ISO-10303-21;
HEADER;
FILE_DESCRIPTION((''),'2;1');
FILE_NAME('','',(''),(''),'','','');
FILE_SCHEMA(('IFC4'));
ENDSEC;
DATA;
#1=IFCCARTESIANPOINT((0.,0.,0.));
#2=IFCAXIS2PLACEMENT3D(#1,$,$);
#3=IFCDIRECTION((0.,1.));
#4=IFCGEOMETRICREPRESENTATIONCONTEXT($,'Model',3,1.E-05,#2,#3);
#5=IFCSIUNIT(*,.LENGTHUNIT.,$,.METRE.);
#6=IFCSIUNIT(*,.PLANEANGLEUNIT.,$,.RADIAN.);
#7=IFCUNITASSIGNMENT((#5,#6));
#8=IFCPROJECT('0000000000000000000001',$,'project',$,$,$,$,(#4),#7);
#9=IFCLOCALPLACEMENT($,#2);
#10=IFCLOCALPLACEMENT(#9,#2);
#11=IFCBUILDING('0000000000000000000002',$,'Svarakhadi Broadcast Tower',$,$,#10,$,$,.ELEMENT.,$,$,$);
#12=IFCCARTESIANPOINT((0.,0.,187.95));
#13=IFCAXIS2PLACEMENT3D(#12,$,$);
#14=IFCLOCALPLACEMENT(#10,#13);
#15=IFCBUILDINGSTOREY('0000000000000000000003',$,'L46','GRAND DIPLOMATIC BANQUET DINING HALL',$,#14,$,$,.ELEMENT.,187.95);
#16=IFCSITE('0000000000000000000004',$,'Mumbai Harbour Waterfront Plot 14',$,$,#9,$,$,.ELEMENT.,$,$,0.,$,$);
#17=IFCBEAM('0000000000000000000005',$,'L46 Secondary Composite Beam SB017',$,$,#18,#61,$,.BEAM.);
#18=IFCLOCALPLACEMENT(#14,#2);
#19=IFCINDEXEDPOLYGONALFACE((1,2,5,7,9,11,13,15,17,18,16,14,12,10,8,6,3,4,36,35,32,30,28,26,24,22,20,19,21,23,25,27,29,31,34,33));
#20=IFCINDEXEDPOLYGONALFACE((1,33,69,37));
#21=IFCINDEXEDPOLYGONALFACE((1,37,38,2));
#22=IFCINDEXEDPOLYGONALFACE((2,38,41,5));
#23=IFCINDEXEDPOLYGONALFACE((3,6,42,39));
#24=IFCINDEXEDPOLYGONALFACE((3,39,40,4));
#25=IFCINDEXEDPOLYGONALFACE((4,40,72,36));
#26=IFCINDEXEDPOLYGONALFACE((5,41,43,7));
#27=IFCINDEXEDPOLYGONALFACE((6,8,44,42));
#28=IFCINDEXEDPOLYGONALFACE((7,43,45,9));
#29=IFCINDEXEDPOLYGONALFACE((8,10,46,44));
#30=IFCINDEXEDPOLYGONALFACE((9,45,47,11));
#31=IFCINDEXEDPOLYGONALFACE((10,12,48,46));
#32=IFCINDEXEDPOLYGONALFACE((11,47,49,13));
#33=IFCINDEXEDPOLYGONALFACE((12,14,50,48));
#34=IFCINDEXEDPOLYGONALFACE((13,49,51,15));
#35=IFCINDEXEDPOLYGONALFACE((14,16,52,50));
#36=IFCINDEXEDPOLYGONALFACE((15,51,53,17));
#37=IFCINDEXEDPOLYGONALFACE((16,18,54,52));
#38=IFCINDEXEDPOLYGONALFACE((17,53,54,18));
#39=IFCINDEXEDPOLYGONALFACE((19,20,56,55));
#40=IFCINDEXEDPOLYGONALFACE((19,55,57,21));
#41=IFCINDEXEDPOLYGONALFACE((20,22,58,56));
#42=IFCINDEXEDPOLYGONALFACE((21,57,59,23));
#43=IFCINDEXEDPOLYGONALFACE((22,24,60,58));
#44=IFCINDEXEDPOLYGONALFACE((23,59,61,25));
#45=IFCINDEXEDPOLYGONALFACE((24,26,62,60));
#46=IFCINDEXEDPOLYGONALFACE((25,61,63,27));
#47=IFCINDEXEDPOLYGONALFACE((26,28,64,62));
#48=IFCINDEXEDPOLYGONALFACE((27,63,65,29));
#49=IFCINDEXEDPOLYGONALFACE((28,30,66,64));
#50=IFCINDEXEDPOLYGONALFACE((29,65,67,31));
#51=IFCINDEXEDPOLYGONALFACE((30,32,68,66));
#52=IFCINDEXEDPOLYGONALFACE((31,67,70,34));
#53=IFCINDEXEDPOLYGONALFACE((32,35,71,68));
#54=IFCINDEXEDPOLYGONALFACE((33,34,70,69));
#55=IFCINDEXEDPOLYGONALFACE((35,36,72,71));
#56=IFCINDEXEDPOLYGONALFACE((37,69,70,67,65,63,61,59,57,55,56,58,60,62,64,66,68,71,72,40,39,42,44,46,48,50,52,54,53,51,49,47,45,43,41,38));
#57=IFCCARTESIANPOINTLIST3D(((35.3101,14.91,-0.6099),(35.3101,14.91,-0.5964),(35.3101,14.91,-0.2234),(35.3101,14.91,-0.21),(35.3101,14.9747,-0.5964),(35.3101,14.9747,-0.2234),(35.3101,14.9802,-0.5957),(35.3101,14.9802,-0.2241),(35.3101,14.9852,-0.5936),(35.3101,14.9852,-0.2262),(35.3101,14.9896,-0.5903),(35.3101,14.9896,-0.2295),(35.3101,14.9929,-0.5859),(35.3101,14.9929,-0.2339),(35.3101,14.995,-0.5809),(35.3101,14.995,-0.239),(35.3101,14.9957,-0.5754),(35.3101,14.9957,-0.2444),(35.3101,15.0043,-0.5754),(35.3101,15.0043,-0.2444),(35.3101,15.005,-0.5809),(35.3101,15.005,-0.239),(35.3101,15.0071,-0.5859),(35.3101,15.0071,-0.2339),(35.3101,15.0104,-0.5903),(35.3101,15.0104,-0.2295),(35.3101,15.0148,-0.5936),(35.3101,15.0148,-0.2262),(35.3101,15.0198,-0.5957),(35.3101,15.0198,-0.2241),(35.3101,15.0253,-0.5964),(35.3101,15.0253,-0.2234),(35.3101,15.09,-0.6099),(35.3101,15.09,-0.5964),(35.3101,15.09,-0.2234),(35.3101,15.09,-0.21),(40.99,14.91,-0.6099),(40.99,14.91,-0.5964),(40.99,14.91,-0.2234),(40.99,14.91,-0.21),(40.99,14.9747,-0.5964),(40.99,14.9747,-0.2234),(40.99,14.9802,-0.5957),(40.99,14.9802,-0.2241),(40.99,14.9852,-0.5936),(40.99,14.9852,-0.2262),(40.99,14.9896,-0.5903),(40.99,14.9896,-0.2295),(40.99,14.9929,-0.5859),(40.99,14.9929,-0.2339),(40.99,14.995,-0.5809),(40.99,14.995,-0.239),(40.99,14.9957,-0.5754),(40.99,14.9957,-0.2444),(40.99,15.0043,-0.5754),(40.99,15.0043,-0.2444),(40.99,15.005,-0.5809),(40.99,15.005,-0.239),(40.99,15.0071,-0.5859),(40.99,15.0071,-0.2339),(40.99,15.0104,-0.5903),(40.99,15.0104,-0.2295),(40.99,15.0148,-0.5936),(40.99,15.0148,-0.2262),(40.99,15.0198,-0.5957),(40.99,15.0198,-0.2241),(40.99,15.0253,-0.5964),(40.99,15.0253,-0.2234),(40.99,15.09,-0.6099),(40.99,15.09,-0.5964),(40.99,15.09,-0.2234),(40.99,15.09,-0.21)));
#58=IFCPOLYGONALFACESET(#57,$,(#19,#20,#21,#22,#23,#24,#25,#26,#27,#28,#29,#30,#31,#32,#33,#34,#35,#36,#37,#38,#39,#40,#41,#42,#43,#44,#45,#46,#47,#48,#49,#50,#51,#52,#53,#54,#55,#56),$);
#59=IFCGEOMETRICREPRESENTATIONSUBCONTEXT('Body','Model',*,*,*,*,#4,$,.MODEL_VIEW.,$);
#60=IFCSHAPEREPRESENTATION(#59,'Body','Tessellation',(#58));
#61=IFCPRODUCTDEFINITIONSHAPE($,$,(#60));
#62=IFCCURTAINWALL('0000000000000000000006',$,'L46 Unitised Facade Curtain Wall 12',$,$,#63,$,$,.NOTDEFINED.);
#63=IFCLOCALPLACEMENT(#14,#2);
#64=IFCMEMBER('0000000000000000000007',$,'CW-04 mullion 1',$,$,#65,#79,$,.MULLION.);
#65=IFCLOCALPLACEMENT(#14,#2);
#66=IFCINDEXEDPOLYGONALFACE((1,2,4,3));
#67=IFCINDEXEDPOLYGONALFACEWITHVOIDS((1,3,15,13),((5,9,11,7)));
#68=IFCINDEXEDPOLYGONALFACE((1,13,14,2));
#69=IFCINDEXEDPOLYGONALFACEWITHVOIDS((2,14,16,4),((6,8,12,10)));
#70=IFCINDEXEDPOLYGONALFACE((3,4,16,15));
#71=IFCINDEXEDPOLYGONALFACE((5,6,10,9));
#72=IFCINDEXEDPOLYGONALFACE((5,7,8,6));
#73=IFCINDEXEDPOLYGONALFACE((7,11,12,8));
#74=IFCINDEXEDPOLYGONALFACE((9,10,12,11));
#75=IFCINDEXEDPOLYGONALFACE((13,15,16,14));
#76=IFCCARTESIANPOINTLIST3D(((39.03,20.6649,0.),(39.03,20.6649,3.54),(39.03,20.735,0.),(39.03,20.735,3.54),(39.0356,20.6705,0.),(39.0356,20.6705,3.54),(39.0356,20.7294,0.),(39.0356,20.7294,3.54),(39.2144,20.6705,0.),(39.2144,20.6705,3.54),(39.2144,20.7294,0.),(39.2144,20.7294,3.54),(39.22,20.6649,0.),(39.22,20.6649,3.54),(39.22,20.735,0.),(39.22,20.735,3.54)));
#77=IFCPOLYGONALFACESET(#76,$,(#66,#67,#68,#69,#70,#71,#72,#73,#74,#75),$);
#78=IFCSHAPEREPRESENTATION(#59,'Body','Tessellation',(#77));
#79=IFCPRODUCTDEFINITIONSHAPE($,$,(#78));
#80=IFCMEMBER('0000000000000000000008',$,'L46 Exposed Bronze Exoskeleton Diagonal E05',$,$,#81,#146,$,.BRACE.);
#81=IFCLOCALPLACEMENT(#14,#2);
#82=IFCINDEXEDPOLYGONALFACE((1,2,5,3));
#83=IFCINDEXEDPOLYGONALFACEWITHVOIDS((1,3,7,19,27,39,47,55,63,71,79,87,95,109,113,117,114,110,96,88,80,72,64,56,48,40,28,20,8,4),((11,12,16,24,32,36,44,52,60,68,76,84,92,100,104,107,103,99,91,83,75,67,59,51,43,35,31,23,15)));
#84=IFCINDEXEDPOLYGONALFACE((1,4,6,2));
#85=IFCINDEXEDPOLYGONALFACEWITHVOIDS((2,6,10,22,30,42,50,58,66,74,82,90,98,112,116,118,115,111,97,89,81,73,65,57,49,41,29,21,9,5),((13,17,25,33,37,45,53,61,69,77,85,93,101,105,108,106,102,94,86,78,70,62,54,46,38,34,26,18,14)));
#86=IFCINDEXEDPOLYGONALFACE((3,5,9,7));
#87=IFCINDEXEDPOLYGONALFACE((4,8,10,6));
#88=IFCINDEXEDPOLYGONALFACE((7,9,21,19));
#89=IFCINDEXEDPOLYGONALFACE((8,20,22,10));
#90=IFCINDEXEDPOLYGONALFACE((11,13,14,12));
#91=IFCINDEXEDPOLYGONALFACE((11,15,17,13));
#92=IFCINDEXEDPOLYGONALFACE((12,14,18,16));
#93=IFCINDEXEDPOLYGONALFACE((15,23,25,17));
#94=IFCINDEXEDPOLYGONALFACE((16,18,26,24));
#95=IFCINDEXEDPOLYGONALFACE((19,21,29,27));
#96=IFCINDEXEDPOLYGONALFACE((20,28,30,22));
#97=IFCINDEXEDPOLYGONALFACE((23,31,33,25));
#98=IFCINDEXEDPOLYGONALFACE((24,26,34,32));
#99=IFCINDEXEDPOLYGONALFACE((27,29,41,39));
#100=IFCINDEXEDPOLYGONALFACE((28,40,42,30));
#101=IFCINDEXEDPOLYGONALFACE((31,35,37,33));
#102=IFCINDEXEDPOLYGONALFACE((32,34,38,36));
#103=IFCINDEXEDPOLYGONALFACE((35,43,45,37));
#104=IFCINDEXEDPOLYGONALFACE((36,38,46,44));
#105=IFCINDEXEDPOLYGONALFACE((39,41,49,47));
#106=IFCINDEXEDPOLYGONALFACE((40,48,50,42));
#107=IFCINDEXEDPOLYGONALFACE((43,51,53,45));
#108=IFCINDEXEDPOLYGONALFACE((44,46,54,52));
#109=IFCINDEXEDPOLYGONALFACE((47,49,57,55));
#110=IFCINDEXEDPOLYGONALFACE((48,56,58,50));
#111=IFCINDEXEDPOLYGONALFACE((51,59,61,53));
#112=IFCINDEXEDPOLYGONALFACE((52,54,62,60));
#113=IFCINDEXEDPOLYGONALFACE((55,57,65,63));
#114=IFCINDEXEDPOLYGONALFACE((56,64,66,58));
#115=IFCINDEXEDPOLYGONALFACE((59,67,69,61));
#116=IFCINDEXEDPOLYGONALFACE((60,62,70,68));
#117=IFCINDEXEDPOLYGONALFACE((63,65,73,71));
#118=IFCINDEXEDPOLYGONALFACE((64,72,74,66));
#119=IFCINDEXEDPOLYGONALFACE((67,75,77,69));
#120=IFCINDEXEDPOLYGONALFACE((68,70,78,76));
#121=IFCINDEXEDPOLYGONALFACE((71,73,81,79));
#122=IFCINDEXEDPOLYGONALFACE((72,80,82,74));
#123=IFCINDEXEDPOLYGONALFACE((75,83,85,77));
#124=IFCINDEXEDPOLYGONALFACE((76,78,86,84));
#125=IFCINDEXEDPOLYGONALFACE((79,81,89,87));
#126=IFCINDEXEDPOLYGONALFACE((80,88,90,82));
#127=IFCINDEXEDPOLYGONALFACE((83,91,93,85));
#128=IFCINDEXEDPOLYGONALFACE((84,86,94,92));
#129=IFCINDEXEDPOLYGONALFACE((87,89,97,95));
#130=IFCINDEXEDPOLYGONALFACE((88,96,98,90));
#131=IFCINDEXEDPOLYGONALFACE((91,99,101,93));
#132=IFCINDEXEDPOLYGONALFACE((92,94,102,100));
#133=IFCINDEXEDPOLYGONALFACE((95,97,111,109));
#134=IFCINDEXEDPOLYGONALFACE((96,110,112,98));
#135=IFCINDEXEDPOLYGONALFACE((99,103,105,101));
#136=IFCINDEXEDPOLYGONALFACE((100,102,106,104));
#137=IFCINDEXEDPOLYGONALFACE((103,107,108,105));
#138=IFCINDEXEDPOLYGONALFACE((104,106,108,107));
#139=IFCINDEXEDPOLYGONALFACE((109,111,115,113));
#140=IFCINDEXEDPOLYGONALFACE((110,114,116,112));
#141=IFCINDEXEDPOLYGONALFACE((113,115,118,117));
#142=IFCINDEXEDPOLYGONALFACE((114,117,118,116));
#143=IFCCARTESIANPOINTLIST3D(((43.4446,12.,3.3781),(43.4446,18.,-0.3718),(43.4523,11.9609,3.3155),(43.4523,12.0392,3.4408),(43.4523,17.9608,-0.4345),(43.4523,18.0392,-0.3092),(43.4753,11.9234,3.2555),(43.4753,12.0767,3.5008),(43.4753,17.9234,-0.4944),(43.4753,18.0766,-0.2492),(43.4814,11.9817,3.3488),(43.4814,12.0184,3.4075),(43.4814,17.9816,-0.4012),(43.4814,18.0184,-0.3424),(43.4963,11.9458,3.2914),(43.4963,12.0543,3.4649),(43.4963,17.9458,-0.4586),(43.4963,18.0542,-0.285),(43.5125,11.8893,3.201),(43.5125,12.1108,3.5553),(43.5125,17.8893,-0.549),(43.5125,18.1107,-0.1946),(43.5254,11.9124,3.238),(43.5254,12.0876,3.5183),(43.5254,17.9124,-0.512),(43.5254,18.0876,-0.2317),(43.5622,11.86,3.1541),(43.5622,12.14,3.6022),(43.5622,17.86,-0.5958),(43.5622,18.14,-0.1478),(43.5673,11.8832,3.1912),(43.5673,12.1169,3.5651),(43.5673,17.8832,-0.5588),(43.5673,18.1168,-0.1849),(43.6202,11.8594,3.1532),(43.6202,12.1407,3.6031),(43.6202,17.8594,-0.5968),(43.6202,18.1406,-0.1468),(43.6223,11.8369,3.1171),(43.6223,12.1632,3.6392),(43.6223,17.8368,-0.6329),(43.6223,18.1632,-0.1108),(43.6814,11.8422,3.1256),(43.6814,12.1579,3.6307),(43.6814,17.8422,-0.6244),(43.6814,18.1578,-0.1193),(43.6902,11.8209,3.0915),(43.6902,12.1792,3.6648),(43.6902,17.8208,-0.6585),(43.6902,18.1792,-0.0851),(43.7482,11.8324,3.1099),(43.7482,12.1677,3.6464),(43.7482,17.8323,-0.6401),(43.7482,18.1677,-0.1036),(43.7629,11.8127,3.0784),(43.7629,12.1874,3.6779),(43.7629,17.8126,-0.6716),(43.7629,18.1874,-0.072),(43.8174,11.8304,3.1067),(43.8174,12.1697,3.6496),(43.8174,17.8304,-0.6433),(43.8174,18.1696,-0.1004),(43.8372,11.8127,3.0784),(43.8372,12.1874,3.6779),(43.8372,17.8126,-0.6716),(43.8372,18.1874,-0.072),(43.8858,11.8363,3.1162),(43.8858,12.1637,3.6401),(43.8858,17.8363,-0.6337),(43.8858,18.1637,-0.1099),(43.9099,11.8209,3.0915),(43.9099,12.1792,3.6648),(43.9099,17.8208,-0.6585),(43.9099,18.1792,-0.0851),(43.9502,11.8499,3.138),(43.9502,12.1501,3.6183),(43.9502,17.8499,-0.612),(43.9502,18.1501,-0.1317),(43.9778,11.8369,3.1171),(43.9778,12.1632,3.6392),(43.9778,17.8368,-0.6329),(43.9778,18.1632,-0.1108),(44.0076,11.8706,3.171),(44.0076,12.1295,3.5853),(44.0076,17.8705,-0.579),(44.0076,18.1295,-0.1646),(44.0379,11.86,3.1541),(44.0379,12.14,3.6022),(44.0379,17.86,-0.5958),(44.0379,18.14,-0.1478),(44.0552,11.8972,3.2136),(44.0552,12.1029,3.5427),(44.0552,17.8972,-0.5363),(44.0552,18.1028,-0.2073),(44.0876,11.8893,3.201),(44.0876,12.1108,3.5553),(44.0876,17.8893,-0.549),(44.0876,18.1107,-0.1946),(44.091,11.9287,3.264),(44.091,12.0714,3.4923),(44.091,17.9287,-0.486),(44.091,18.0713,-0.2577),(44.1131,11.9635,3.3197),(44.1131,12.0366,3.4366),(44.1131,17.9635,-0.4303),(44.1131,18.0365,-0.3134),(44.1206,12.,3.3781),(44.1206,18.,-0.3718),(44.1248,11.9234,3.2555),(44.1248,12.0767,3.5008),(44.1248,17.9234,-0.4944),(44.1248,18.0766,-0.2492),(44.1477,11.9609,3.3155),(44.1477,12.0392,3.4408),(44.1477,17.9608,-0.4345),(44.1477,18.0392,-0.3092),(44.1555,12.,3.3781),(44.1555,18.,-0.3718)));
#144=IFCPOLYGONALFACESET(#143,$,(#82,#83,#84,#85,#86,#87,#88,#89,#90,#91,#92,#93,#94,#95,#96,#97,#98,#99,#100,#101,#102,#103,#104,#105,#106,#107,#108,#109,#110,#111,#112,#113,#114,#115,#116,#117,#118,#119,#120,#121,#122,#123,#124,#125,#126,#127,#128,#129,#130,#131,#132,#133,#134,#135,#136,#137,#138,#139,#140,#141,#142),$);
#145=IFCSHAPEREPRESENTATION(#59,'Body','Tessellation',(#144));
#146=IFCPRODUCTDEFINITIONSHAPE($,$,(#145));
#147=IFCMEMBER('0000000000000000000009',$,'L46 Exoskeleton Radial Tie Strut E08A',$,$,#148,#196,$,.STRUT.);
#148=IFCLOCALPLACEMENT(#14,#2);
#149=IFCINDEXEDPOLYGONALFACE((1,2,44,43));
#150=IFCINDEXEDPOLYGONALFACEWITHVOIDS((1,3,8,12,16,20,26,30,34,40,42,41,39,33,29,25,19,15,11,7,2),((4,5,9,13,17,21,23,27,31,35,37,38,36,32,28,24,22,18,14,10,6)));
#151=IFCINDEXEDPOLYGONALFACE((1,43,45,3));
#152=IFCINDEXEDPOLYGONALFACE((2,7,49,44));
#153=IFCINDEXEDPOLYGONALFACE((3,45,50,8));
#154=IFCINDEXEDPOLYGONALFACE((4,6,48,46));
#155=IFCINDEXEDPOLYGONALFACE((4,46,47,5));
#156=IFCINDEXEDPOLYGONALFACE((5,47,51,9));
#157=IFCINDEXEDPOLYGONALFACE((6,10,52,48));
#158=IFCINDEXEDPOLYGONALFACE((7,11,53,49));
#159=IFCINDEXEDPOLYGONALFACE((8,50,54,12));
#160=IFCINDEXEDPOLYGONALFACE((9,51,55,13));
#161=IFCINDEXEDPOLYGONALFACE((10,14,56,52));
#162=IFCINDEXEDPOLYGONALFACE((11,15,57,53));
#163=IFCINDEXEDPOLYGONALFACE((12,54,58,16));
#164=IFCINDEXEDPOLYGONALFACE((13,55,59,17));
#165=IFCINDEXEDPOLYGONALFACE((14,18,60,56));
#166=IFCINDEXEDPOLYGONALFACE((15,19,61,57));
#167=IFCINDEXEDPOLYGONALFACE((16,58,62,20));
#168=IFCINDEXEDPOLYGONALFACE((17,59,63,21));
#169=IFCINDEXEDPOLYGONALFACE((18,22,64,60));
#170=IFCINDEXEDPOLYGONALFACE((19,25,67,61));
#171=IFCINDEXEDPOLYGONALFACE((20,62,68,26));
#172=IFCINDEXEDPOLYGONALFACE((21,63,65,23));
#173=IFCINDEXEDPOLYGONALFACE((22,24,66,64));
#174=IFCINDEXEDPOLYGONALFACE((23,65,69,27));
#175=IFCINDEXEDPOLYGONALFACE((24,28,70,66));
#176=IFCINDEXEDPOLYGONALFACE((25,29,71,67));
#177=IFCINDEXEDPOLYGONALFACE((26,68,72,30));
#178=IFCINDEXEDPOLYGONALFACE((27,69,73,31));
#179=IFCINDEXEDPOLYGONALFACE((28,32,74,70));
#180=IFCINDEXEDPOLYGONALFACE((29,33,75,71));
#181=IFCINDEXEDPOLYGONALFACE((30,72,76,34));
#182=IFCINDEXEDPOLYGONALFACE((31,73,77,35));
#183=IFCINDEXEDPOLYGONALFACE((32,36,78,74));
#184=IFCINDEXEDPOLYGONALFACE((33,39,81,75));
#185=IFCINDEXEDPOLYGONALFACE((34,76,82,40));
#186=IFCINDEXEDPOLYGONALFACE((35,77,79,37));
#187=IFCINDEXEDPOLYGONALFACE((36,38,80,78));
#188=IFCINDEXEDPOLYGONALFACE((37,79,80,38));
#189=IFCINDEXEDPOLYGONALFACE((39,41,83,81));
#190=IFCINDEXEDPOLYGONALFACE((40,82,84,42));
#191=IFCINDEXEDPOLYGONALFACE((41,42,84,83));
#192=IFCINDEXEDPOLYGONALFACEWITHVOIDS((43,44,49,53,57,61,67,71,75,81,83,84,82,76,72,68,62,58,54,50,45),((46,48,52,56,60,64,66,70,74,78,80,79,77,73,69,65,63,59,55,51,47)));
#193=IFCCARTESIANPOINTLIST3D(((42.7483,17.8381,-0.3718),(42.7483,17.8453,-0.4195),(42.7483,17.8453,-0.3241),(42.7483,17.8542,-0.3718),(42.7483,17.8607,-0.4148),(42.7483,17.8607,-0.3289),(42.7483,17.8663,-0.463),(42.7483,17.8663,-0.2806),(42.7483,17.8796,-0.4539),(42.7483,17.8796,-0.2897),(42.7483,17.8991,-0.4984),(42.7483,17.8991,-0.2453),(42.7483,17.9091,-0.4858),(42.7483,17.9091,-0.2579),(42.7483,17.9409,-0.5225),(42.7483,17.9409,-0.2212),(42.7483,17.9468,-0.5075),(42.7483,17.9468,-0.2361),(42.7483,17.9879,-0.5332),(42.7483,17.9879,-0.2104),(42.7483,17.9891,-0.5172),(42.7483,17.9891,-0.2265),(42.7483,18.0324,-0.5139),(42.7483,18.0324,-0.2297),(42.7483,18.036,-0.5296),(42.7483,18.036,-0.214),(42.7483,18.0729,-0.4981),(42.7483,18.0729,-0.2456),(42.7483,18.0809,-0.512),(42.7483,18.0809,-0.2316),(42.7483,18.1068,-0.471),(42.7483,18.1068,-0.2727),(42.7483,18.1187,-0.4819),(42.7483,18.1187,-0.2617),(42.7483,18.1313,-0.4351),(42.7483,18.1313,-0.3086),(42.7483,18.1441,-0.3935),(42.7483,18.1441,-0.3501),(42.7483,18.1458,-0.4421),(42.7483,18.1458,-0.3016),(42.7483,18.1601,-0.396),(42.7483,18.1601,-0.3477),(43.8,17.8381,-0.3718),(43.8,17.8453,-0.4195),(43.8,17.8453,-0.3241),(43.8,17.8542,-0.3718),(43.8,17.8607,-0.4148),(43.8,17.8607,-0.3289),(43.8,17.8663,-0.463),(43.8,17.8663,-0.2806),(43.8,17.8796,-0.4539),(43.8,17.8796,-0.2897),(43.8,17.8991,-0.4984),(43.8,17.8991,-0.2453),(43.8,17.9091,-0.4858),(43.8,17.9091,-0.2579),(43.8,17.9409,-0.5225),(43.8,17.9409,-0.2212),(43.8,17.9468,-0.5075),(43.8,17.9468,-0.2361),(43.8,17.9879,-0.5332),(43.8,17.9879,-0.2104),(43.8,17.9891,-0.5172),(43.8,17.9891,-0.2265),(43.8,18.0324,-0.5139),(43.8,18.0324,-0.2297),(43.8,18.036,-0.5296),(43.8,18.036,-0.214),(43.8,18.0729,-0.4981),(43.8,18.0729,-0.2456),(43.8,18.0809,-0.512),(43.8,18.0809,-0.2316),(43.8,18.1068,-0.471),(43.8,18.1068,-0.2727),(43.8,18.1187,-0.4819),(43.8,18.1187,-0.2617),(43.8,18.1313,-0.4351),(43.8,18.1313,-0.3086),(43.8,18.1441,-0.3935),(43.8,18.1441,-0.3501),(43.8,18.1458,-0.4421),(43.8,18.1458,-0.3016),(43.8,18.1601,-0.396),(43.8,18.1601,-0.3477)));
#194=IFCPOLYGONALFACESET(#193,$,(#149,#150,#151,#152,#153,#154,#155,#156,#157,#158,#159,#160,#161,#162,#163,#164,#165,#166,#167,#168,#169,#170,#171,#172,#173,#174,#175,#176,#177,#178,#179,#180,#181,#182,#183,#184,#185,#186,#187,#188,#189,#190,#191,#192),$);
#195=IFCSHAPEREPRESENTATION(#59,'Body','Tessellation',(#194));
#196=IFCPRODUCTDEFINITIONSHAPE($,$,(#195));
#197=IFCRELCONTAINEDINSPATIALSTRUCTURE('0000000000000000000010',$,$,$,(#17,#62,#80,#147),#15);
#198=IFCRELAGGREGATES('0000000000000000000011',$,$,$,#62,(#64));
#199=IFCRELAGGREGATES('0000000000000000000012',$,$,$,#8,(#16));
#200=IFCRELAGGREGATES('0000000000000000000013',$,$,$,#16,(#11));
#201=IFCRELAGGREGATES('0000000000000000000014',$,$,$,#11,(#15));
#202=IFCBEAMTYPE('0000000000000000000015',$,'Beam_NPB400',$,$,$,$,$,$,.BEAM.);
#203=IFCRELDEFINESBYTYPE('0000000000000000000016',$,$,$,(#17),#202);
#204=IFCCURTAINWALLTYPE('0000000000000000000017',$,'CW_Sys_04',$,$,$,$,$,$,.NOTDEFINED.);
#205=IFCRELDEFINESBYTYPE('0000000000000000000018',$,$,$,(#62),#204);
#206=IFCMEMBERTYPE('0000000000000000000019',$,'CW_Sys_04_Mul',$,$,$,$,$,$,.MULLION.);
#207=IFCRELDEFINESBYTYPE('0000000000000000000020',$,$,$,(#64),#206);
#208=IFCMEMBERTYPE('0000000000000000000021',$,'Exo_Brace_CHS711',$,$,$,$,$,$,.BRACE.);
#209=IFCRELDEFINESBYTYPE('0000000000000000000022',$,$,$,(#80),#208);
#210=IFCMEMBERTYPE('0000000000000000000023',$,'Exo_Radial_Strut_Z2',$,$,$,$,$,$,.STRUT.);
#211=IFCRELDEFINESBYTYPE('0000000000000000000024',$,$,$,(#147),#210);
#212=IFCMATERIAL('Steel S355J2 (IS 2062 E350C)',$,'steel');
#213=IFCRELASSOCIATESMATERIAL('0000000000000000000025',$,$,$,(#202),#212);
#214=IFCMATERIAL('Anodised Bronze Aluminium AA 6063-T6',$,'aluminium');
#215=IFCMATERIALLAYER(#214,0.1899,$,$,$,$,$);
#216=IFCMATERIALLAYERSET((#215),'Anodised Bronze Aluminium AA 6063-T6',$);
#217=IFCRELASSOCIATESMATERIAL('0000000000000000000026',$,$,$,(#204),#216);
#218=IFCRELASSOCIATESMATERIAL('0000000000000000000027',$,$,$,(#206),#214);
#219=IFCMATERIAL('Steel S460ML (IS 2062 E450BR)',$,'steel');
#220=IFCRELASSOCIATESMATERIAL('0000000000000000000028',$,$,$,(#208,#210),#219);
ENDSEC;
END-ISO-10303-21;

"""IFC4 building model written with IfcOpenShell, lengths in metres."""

from ifc_helpers import new_model, si_unit, direction, frame, origin, origin_2d, place, context, subcontext, project, spatial, hollow_rectangle, hollow_circle, i_section, extrude, material, layer, layer_set, material_profile, profile_set, type_object, element, aggregate, save


model = new_model("IFC4")

# Units and contexts
model_context = context("Model", 3, precision=1e-05, world=origin(), true_north=direction((0.0, 1.0)))
body_context = subcontext(model_context, "Body", "Model", "MODEL_VIEW")
ifc_project = project(units=[si_unit("LENGTHUNIT", "METRE"), si_unit("PLANEANGLEUNIT", "RADIAN")], contexts=[model_context])

# Site, building, storey
site_placement = place(None, origin())
site = spatial("IfcSite", under=ifc_project, at=site_placement, Name="Mumbai Harbour Waterfront Plot 14", CompositionType="ELEMENT", RefElevation=0.0)
building_placement = place(site_placement, origin())
building = spatial("IfcBuilding", under=site, at=building_placement, Name="Svarakhadi Broadcast Tower", CompositionType="ELEMENT")
storey_placement = place(building_placement, frame((0.0, 0.0, 187.95)))
storey = spatial("IfcBuildingStorey", under=building, at=storey_placement, Name="L46", Description="GRAND DIPLOMATIC BANQUET DINING HALL", CompositionType="ELEMENT", Elevation=187.95)

# Shared definitions
ifc_material_1 = material(Name="Steel S460ML (IS 2062 E450BR)", Category="steel")

# Beam
ifc_material_2 = material(Name="Steel S355J2 (IS 2062 E350C)", Category="steel")
ifc_material_profile_1 = material_profile(ifc_material_2, i_section(OverallWidth=0.1799, OverallDepth=0.3999, WebThickness=0.0085, FlangeThickness=0.0134, FilletRadius=0.021, at=origin_2d()), Name="NPB 400x180x66")
ifc_profile_set_1 = profile_set([ifc_material_profile_1], Name="Steel S355J2 (IS 2062 E350C)")
beam_type_1 = type_object("IfcBeamType", Name="Beam_NPB400", PredefinedType="BEAM", material=ifc_profile_set_1)
beam_1_placement = place(storey_placement, frame((35.3101, 15.0, -0.4099), z_axis=(1.0, 0.0, 0.0), x_axis=(0.0, 1.0, 0.0)))
element("IfcBeam", 1, at=beam_1_placement, inside=storey, type_object=beam_type_1, Name="L46 Secondary Composite Beam SB017", PredefinedType="BEAM", context=body_context, shape_type="SweptSolid", body=[
    extrude(i_section(OverallWidth=0.1799, OverallDepth=0.3999, WebThickness=0.0085, FlangeThickness=0.0134, FilletRadius=0.021, at=origin_2d()), origin(), (0.0, 0.0, 1.0), 5.6799),
])

# Curtain wall, member
ifc_material_3 = material(Name="Anodised Bronze Aluminium AA 6063-T6", Category="aluminium")
ifc_layer_1 = layer(ifc_material_3, 0.1899)
ifc_layer_set_1 = layer_set([ifc_layer_1], Name="Anodised Bronze Aluminium AA 6063-T6")
curtain_wall_type = type_object("IfcCurtainWallType", Name="CW_Sys_04", PredefinedType="NOTDEFINED", material=ifc_layer_set_1)
curtain_wall_placement = place(storey_placement, origin())
curtain_wall = element("IfcCurtainWall", 2, at=curtain_wall_placement, inside=storey, type_object=curtain_wall_type, Name="L46 Unitised Facade Curtain Wall 12", PredefinedType="NOTDEFINED")
ifc_material_profile_2 = material_profile(ifc_material_3, hollow_rectangle(XDim=0.0701, YDim=0.1899, WallThickness=0.0056, at=origin_2d()), Name="ALU MULLION 190x70x6")
ifc_profile_set_2 = profile_set([ifc_material_profile_2], Name="Anodised Bronze Aluminium AA 6063-T6")
member_type_1 = type_object("IfcMemberType", Name="CW_Sys_04_Mul", PredefinedType="MULLION", material=ifc_profile_set_2)
member_1_placement = place(storey_placement, frame((39.125, 20.7, 0.0), z_axis=(0.0, 0.0, 1.0), x_axis=(0.0, 1.0, 0.0)))
member_1 = element("IfcMember", 3, at=member_1_placement, type_object=member_type_1, Name="CW-04 mullion 1", PredefinedType="MULLION", context=body_context, shape_type="SweptSolid", body=[
    extrude(hollow_rectangle(XDim=0.0701, YDim=0.1899, WallThickness=0.0056, at=origin_2d()), origin(), (0.0, 0.0, 1.0), 3.54),
])
aggregate(curtain_wall, [member_1])

# Members
ifc_material_profile_3 = material_profile(ifc_material_1, hollow_circle(Radius=0.3555, WallThickness=0.0349, at=origin_2d()), Name="CHS 711x35")
ifc_profile_set_3 = profile_set([ifc_material_profile_3], Name="Steel S460ML (IS 2062 E450BR)")
member_type_2 = type_object("IfcMemberType", Name="Exo_Brace_CHS711", PredefinedType="BRACE", material=ifc_profile_set_3)
member_2_placement = place(storey_placement, frame((43.8, 18.0, -0.3718), z_axis=(0.0, -0.847998, 0.529999), x_axis=(1.0, 0.0, 0.0)))
element("IfcMember", 4, at=member_2_placement, inside=storey, type_object=member_type_2, Name="L46 Exposed Bronze Exoskeleton Diagonal E05", PredefinedType="BRACE", context=body_context, shape_type="SweptSolid", body=[
    extrude(hollow_circle(Radius=0.3555, WallThickness=0.0349, at=origin_2d()), origin(), (0.0, 0.0, 1.0), 7.0754),
])
ifc_material_profile_4 = material_profile(ifc_material_1, hollow_circle(Radius=0.1619, WallThickness=0.0161, at=origin_2d()), Name="CHS 323.9x16")
ifc_profile_set_4 = profile_set([ifc_material_profile_4], Name="Steel S460ML (IS 2062 E450BR)")
member_type_3 = type_object("IfcMemberType", Name="Exo_Radial_Strut_Z2", PredefinedType="STRUT", material=ifc_profile_set_4)
member_3_placement = place(storey_placement, frame((43.8, 18.0, -0.3718), z_axis=(-1.0, 0.0, 0.0), x_axis=(0.0, -1.0, 0.0)))
element("IfcMember", 5, at=member_3_placement, inside=storey, type_object=member_type_3, Name="L46 Exoskeleton Radial Tie Strut E08A", PredefinedType="STRUT", context=body_context, shape_type="SweptSolid", body=[
    extrude(hollow_circle(Radius=0.1619, WallThickness=0.0161, at=origin_2d()), origin(), (0.0, 0.0, 1.0), 1.0518),
])

save(model, "model.ifc")
